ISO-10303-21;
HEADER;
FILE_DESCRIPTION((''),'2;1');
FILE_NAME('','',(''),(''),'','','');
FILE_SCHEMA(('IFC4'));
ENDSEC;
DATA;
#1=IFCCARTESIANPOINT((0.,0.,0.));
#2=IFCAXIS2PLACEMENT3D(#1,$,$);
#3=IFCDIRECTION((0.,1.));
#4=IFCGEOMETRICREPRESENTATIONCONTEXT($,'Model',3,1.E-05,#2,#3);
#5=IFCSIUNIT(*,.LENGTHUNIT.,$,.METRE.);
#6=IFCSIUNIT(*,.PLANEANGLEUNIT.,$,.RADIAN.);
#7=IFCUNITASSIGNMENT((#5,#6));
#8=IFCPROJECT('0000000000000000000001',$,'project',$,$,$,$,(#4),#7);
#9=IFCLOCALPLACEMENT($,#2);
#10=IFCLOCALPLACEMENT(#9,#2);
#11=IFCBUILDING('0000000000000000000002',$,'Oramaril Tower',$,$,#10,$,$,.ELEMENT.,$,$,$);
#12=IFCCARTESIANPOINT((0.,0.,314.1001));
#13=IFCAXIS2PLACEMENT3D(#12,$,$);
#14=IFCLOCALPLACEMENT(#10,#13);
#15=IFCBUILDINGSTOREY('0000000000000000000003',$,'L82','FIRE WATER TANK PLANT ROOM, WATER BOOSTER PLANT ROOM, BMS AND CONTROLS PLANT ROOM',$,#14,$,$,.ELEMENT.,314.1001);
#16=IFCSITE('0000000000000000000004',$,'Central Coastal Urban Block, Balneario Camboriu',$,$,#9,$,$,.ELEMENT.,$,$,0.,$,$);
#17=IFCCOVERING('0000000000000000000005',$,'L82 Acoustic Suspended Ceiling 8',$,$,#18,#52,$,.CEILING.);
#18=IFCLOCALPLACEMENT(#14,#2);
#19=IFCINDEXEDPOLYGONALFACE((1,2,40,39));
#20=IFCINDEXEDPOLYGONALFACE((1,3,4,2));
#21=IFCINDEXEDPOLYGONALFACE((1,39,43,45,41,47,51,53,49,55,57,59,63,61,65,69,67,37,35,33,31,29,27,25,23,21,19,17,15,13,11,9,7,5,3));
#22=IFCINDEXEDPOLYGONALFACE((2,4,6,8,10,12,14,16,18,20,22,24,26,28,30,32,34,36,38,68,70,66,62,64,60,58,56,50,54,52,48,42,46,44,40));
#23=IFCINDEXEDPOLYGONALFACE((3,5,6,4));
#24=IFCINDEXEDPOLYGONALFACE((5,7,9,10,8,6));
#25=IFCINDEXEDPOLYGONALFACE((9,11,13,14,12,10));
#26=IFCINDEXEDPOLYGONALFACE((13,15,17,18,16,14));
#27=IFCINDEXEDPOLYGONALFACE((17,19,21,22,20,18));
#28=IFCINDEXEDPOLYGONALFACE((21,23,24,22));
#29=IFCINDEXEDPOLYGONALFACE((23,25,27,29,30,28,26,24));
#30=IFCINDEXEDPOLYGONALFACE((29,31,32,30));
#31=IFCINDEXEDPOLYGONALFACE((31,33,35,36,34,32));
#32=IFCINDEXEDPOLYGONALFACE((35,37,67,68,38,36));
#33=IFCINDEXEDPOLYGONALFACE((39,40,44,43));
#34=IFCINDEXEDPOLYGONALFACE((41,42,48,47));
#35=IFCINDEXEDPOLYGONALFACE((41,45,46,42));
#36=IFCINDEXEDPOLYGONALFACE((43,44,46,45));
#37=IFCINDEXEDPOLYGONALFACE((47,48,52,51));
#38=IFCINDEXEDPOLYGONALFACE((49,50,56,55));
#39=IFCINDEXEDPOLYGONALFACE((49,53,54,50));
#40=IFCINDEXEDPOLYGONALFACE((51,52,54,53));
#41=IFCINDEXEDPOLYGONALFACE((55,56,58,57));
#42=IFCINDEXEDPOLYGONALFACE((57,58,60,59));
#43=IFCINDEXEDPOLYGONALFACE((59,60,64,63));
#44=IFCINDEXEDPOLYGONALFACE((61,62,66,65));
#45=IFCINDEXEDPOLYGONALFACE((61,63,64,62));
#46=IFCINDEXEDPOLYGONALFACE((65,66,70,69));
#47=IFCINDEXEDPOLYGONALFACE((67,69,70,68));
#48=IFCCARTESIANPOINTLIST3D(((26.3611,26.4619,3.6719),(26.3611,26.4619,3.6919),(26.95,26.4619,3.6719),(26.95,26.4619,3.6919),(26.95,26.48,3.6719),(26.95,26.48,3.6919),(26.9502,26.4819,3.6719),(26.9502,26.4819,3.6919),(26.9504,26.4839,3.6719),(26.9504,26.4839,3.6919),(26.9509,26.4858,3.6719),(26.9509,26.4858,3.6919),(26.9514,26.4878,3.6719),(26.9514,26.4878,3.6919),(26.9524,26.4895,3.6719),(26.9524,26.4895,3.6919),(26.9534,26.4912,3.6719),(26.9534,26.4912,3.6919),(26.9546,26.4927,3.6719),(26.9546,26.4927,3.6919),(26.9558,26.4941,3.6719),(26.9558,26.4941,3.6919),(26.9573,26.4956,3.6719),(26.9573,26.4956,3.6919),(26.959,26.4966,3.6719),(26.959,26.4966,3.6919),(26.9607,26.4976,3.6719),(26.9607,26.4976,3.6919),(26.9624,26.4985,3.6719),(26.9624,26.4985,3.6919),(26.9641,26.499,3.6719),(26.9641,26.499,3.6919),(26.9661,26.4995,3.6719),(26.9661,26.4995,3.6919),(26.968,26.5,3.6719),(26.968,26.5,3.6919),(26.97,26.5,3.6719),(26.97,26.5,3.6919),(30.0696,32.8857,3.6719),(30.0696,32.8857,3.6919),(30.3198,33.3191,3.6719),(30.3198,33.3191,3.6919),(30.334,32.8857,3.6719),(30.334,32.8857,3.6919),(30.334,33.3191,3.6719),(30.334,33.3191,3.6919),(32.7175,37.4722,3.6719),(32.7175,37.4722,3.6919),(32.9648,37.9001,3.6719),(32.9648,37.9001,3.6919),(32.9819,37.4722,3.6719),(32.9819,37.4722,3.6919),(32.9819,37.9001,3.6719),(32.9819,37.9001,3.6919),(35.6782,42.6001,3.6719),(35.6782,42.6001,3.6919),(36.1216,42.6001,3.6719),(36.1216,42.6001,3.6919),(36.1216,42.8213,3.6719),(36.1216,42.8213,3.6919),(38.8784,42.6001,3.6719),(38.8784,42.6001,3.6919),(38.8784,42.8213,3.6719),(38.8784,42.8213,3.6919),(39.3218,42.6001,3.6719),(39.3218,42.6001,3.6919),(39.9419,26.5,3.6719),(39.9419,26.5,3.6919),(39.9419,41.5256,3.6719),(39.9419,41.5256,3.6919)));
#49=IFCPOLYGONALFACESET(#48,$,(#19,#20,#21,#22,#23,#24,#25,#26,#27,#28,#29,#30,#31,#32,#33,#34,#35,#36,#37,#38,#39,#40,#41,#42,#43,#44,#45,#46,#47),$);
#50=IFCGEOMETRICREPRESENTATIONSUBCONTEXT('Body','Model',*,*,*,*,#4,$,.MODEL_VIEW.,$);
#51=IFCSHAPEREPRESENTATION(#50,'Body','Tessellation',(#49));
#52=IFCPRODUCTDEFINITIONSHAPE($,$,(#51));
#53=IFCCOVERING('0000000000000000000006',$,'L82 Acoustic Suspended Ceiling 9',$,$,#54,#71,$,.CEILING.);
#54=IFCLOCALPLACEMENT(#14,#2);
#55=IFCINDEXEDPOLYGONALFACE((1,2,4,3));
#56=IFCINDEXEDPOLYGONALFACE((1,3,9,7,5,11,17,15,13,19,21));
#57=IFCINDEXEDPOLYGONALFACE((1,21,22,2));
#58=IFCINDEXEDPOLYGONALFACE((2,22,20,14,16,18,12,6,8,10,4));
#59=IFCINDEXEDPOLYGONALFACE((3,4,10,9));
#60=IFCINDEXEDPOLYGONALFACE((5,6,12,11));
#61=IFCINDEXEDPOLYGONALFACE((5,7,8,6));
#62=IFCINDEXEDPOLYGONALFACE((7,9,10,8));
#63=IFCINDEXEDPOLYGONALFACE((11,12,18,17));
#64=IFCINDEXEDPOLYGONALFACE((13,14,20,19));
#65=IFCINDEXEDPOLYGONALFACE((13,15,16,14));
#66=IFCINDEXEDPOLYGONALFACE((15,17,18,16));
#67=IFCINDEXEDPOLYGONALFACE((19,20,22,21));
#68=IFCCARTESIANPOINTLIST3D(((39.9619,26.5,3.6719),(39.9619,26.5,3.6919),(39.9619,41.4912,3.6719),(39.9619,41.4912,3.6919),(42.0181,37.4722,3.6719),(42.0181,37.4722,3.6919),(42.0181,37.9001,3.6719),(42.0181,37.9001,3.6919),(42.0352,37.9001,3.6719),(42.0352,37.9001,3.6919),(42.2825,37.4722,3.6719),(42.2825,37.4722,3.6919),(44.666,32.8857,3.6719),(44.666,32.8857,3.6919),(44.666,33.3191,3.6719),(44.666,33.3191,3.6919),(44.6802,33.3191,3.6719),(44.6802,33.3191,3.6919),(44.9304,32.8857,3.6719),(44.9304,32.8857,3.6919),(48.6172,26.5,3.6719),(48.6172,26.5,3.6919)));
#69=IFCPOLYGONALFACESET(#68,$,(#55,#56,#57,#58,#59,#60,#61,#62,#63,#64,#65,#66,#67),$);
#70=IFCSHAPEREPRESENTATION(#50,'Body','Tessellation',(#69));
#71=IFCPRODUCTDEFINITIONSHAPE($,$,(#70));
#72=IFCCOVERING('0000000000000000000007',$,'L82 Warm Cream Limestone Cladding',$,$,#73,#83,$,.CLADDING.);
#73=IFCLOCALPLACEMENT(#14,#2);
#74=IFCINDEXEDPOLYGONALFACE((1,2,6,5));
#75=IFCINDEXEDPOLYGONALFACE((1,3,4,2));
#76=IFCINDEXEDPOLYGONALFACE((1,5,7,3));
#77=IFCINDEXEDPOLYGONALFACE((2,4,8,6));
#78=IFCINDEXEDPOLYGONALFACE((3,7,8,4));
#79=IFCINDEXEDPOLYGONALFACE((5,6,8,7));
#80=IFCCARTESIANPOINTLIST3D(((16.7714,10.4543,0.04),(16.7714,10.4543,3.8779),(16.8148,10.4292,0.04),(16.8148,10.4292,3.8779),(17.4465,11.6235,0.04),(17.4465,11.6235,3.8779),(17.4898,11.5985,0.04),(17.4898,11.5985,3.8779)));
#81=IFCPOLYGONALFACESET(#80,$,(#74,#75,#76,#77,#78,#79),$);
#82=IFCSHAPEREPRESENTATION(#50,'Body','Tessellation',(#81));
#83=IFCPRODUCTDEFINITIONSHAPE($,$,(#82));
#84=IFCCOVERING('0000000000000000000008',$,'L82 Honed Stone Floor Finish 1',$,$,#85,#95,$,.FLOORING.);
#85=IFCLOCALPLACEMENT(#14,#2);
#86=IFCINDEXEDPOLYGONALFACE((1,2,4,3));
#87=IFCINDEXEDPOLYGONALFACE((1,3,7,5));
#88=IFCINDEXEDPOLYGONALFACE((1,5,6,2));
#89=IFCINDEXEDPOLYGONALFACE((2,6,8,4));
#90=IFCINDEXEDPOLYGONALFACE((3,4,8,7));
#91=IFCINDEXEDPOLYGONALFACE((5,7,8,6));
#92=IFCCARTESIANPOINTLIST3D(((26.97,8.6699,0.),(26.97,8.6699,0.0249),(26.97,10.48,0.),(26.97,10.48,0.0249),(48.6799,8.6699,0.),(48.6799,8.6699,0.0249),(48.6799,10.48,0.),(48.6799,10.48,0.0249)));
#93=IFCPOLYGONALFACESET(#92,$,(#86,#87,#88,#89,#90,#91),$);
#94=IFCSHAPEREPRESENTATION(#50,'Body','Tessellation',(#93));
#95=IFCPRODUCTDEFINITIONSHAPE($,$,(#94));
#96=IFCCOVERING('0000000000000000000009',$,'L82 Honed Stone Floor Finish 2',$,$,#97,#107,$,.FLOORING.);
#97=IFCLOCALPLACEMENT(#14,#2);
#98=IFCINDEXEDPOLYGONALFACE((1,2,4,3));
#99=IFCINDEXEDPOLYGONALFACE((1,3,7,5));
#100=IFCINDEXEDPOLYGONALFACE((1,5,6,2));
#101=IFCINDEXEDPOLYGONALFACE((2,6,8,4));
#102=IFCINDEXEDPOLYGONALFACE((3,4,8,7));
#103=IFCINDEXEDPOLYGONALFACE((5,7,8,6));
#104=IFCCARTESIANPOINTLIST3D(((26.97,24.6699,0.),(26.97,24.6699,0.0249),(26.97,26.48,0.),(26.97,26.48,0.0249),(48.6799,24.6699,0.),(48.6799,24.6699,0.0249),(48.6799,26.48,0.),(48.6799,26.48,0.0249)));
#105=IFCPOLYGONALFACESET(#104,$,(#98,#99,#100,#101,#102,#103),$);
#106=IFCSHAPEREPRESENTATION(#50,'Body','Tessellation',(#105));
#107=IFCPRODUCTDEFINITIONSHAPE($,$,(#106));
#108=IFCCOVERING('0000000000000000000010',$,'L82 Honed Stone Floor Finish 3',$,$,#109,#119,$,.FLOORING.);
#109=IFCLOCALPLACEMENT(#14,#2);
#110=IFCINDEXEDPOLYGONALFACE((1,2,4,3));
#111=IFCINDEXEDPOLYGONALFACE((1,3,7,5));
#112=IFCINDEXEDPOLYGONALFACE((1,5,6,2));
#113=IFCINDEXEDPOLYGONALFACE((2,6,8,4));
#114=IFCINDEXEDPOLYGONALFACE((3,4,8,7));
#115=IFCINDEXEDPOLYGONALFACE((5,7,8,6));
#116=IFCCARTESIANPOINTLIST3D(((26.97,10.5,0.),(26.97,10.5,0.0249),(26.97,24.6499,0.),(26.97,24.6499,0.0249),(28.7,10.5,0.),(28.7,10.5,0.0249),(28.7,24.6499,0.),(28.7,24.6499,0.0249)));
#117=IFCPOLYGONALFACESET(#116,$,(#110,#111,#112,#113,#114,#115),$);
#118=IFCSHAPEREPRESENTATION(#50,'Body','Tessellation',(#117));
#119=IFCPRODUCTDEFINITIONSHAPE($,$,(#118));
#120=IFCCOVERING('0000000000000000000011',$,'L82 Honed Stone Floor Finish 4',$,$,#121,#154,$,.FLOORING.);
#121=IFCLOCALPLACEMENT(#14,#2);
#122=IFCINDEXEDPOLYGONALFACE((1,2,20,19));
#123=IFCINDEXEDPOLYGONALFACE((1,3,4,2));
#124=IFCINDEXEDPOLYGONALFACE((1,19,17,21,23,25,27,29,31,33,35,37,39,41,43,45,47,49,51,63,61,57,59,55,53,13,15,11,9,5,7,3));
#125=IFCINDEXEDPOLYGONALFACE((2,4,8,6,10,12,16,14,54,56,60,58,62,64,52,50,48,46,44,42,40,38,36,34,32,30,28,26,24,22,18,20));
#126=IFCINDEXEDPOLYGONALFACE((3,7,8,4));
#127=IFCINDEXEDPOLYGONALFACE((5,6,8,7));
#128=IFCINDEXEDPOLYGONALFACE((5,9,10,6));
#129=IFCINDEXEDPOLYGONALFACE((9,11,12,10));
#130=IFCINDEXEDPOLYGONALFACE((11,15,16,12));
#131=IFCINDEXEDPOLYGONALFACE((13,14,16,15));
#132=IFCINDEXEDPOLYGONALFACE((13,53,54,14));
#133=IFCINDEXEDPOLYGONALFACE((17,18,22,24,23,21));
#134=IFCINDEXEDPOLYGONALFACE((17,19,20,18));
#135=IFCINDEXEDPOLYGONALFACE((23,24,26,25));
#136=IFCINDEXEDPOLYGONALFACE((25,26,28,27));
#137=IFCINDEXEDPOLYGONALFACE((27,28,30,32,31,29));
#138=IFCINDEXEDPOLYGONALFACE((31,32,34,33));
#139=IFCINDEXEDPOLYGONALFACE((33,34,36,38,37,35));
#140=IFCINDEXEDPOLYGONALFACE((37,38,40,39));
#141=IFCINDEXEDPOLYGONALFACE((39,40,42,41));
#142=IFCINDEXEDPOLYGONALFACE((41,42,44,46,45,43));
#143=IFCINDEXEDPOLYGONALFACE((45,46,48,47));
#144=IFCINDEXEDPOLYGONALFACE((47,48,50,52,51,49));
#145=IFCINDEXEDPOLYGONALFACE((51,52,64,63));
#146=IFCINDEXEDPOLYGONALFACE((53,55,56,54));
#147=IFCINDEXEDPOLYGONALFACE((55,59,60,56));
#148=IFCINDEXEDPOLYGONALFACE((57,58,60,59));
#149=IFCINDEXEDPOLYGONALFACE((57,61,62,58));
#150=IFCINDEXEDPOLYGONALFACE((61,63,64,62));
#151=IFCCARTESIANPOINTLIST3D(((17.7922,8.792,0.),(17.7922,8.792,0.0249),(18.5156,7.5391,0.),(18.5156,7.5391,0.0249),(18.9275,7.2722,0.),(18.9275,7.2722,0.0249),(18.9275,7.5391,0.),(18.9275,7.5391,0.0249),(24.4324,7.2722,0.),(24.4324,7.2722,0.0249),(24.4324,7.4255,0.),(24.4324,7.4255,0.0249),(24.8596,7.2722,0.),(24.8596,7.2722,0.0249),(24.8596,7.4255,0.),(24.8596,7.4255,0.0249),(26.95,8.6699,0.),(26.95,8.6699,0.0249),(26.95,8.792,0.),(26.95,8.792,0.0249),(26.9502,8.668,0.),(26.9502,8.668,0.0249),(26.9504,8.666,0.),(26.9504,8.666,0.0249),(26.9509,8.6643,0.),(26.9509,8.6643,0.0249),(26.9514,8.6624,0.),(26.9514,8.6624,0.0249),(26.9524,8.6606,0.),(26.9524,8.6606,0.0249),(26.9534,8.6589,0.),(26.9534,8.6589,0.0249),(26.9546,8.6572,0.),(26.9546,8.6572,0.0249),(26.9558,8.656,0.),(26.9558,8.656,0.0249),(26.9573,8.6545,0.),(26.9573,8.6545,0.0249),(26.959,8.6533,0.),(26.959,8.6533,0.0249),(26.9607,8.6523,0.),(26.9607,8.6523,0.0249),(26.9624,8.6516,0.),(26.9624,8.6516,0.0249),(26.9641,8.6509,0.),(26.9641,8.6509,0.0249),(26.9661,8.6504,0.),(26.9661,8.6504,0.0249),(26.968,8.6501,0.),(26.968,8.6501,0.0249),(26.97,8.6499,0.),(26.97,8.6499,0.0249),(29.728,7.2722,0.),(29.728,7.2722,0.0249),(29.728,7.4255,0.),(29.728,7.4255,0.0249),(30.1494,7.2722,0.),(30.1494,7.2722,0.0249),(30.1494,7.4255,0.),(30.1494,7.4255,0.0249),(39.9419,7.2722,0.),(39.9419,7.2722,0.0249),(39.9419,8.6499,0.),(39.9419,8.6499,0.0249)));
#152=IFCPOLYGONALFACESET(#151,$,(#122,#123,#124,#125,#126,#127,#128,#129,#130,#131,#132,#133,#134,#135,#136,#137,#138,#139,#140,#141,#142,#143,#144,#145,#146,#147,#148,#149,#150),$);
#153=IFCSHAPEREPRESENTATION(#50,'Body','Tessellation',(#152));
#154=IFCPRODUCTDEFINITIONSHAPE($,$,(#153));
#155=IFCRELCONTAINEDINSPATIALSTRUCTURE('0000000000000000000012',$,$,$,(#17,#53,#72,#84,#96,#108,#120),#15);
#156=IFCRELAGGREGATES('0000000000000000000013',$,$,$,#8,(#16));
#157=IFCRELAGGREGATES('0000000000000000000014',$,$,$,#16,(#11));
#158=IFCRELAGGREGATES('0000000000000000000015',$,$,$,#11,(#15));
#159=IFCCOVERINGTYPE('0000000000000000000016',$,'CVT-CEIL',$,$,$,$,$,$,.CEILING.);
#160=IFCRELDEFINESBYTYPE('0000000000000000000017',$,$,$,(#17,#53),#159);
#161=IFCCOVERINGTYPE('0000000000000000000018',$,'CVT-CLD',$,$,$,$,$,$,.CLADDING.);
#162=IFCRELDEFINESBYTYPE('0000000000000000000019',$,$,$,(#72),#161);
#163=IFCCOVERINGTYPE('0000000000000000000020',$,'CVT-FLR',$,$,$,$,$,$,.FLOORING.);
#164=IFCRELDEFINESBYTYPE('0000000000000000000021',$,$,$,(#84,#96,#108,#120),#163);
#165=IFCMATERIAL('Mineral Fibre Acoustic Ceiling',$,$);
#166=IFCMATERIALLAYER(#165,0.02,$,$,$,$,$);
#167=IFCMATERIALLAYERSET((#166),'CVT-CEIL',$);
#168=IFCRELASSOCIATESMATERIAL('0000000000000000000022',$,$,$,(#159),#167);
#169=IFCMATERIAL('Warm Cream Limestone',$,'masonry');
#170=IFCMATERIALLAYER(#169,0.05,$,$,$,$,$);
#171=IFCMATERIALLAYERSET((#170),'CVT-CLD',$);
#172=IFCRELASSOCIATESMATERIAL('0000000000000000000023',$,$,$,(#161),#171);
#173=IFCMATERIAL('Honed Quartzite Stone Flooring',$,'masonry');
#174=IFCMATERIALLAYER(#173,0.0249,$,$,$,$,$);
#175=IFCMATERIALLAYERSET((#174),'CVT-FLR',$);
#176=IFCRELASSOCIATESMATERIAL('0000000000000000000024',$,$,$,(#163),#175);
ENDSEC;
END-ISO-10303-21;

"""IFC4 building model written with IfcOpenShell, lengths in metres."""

from ifc_helpers import new_model, si_unit, direction, frame, origin, origin_2d, place, context, subcontext, project, spatial, polyline, rectangle, outline, extrude, material, layer, layer_set, type_object, element, save


model = new_model("IFC4")

# Units and contexts
model_context = context("Model", 3, precision=1e-05, world=origin(), true_north=direction((0.0, 1.0)))
body_context = subcontext(model_context, "Body", "Model", "MODEL_VIEW")
ifc_project = project(units=[si_unit("LENGTHUNIT", "METRE"), si_unit("PLANEANGLEUNIT", "RADIAN")], contexts=[model_context])

# Site, building, storey
site_placement = place(None, origin())
site = spatial("IfcSite", under=ifc_project, at=site_placement, Name="Central Coastal Urban Block, Balneario Camboriu", CompositionType="ELEMENT", RefElevation=0.0)
building_placement = place(site_placement, origin())
building = spatial("IfcBuilding", under=site, at=building_placement, Name="Oramaril Tower", CompositionType="ELEMENT")
storey_placement = place(building_placement, frame((0.0, 0.0, 314.1001)))
storey = spatial("IfcBuildingStorey", under=building, at=storey_placement, Name="L82", Description="FIRE WATER TANK PLANT ROOM, WATER BOOSTER PLANT ROOM, BMS AND CONTROLS PLANT ROOM", CompositionType="ELEMENT", Elevation=314.1001)

# Coverings
ifc_material_1 = material(Name="Mineral Fibre Acoustic Ceiling")
ifc_layer_1 = layer(ifc_material_1, 0.02)
ifc_layer_set_1 = layer_set([ifc_layer_1], Name="CVT-CEIL")
covering_type_1 = type_object("IfcCoveringType", Name="CVT-CEIL", PredefinedType="CEILING", material=ifc_layer_set_1)
covering_1_placement = place(storey_placement, frame((0.0, 0.0, 3.6719)))
element("IfcCovering", 1, at=covering_1_placement, inside=storey, type_object=covering_type_1, Name="L82 Acoustic Suspended Ceiling 8", PredefinedType="CEILING", context=body_context, shape_type="SweptSolid", body=[
    extrude(outline(polyline([(30.334, 32.8857), (30.334, 33.3191), (30.3198, 33.3191), (32.7175, 37.4722), (32.9819, 37.4722), (32.9819, 37.9001), (32.9648, 37.9001), (35.6782, 42.6001), (36.1216, 42.6001), (36.1216, 42.8213), (38.8784, 42.8213), (38.8784, 42.6001), (39.3218, 42.6001), (39.9419, 41.5256), (39.9419, 26.5), (26.97, 26.5), (26.968, 26.5), (26.9661, 26.4995), (26.9641, 26.499), (26.9624, 26.4985), (26.9607, 26.4976), (26.959, 26.4966), (26.9573, 26.4956), (26.9558, 26.4941), (26.9546, 26.4927), (26.9534, 26.4912), (26.9524, 26.4895), (26.9514, 26.4878), (26.9509, 26.4858), (26.9504, 26.4839), (26.9502, 26.4819), (26.95, 26.48), (26.95, 26.4619), (26.3611, 26.4619), (30.0696, 32.8857), (30.334, 32.8857)])), origin(), (0.0, 0.0, 1.0), 0.02),
])
covering_2_placement = place(storey_placement, frame((0.0, 0.0, 3.6719)))
element("IfcCovering", 2, at=covering_2_placement, inside=storey, type_object=covering_type_1, Name="L82 Acoustic Suspended Ceiling 9", PredefinedType="CEILING", context=body_context, shape_type="SweptSolid", body=[
    extrude(outline(polyline([(42.0352, 37.9001), (42.0181, 37.9001), (42.0181, 37.4722), (42.2825, 37.4722), (44.6802, 33.3191), (44.666, 33.3191), (44.666, 32.8857), (44.9304, 32.8857), (48.6172, 26.5), (39.9619, 26.5), (39.9619, 41.4912), (42.0352, 37.9001)])), origin(), (0.0, 0.0, 1.0), 0.02),
])
ifc_material_2 = material(Name="Warm Cream Limestone", Category="masonry")
ifc_layer_2 = layer(ifc_material_2, 0.05)
ifc_layer_set_2 = layer_set([ifc_layer_2], Name="CVT-CLD")
covering_type_2 = type_object("IfcCoveringType", Name="CVT-CLD", PredefinedType="CLADDING", material=ifc_layer_set_2)
covering_3_placement = place(storey_placement, frame((17.1306, 11.0264, 0.04), z_axis=(0.0, 0.0, 1.0), x_axis=(-0.499998, -0.866026, 0.0)))
element("IfcCovering", 3, at=covering_3_placement, inside=storey, type_object=covering_type_2, Name="L82 Warm Cream Limestone Cladding", PredefinedType="CLADDING", context=body_context, shape_type="SweptSolid", body=[
    extrude(rectangle(XDim=1.3501, YDim=0.05, at=origin_2d()), origin(), (0.0, 0.0, 1.0), 3.8379),
])
ifc_material_3 = material(Name="Honed Quartzite Stone Flooring", Category="masonry")
ifc_layer_3 = layer(ifc_material_3, 0.0249)
ifc_layer_set_3 = layer_set([ifc_layer_3], Name="CVT-FLR")
covering_type_3 = type_object("IfcCoveringType", Name="CVT-FLR", PredefinedType="FLOORING", material=ifc_layer_set_3)
covering_4_placement = place(storey_placement, origin())
element("IfcCovering", 4, at=covering_4_placement, inside=storey, type_object=covering_type_3, Name="L82 Honed Stone Floor Finish 1", PredefinedType="FLOORING", context=body_context, shape_type="SweptSolid", body=[
    extrude(outline(polyline([(48.6799, 10.48), (48.6799, 8.6699), (26.97, 8.6699), (26.97, 10.48), (48.6799, 10.48)])), origin(), (0.0, 0.0, 1.0), 0.0249),
])
covering_5_placement = place(storey_placement, origin())
element("IfcCovering", 5, at=covering_5_placement, inside=storey, type_object=covering_type_3, Name="L82 Honed Stone Floor Finish 2", PredefinedType="FLOORING", context=body_context, shape_type="SweptSolid", body=[
    extrude(outline(polyline([(48.6799, 26.48), (48.6799, 24.6699), (26.97, 24.6699), (26.97, 26.48), (48.6799, 26.48)])), origin(), (0.0, 0.0, 1.0), 0.0249),
])
covering_6_placement = place(storey_placement, origin())
element("IfcCovering", 6, at=covering_6_placement, inside=storey, type_object=covering_type_3, Name="L82 Honed Stone Floor Finish 3", PredefinedType="FLOORING", context=body_context, shape_type="SweptSolid", body=[
    extrude(outline(polyline([(28.7, 10.5), (26.97, 10.5), (26.97, 24.6499), (28.7, 24.6499), (28.7, 10.5)])), origin(), (0.0, 0.0, 1.0), 0.0249),
])
covering_7_placement = place(storey_placement, origin())
element("IfcCovering", 7, at=covering_7_placement, inside=storey, type_object=covering_type_3, Name="L82 Honed Stone Floor Finish 4", PredefinedType="FLOORING", context=body_context, shape_type="SweptSolid", body=[
    extrude(outline(polyline([(39.9419, 7.2722), (30.1494, 7.2722), (30.1494, 7.4255), (29.728, 7.4255), (29.728, 7.2722), (24.8596, 7.2722), (24.8596, 7.4255), (24.4324, 7.4255), (24.4324, 7.2722), (18.9275, 7.2722), (18.9275, 7.5391), (18.5156, 7.5391), (17.7922, 8.792), (26.95, 8.792), (26.95, 8.6699), (26.9502, 8.668), (26.9504, 8.666), (26.9509, 8.6643), (26.9514, 8.6624), (26.9524, 8.6606), (26.9534, 8.6589), (26.9546, 8.6572), (26.9558, 8.656), (26.9573, 8.6545), (26.959, 8.6533), (26.9607, 8.6523), (26.9624, 8.6516), (26.9641, 8.6509), (26.9661, 8.6504), (26.968, 8.6501), (26.97, 8.6499), (39.9419, 8.6499), (39.9419, 7.2722)])), origin(), (0.0, 0.0, 1.0), 0.0249),
])

save(model, "model.ifc")
